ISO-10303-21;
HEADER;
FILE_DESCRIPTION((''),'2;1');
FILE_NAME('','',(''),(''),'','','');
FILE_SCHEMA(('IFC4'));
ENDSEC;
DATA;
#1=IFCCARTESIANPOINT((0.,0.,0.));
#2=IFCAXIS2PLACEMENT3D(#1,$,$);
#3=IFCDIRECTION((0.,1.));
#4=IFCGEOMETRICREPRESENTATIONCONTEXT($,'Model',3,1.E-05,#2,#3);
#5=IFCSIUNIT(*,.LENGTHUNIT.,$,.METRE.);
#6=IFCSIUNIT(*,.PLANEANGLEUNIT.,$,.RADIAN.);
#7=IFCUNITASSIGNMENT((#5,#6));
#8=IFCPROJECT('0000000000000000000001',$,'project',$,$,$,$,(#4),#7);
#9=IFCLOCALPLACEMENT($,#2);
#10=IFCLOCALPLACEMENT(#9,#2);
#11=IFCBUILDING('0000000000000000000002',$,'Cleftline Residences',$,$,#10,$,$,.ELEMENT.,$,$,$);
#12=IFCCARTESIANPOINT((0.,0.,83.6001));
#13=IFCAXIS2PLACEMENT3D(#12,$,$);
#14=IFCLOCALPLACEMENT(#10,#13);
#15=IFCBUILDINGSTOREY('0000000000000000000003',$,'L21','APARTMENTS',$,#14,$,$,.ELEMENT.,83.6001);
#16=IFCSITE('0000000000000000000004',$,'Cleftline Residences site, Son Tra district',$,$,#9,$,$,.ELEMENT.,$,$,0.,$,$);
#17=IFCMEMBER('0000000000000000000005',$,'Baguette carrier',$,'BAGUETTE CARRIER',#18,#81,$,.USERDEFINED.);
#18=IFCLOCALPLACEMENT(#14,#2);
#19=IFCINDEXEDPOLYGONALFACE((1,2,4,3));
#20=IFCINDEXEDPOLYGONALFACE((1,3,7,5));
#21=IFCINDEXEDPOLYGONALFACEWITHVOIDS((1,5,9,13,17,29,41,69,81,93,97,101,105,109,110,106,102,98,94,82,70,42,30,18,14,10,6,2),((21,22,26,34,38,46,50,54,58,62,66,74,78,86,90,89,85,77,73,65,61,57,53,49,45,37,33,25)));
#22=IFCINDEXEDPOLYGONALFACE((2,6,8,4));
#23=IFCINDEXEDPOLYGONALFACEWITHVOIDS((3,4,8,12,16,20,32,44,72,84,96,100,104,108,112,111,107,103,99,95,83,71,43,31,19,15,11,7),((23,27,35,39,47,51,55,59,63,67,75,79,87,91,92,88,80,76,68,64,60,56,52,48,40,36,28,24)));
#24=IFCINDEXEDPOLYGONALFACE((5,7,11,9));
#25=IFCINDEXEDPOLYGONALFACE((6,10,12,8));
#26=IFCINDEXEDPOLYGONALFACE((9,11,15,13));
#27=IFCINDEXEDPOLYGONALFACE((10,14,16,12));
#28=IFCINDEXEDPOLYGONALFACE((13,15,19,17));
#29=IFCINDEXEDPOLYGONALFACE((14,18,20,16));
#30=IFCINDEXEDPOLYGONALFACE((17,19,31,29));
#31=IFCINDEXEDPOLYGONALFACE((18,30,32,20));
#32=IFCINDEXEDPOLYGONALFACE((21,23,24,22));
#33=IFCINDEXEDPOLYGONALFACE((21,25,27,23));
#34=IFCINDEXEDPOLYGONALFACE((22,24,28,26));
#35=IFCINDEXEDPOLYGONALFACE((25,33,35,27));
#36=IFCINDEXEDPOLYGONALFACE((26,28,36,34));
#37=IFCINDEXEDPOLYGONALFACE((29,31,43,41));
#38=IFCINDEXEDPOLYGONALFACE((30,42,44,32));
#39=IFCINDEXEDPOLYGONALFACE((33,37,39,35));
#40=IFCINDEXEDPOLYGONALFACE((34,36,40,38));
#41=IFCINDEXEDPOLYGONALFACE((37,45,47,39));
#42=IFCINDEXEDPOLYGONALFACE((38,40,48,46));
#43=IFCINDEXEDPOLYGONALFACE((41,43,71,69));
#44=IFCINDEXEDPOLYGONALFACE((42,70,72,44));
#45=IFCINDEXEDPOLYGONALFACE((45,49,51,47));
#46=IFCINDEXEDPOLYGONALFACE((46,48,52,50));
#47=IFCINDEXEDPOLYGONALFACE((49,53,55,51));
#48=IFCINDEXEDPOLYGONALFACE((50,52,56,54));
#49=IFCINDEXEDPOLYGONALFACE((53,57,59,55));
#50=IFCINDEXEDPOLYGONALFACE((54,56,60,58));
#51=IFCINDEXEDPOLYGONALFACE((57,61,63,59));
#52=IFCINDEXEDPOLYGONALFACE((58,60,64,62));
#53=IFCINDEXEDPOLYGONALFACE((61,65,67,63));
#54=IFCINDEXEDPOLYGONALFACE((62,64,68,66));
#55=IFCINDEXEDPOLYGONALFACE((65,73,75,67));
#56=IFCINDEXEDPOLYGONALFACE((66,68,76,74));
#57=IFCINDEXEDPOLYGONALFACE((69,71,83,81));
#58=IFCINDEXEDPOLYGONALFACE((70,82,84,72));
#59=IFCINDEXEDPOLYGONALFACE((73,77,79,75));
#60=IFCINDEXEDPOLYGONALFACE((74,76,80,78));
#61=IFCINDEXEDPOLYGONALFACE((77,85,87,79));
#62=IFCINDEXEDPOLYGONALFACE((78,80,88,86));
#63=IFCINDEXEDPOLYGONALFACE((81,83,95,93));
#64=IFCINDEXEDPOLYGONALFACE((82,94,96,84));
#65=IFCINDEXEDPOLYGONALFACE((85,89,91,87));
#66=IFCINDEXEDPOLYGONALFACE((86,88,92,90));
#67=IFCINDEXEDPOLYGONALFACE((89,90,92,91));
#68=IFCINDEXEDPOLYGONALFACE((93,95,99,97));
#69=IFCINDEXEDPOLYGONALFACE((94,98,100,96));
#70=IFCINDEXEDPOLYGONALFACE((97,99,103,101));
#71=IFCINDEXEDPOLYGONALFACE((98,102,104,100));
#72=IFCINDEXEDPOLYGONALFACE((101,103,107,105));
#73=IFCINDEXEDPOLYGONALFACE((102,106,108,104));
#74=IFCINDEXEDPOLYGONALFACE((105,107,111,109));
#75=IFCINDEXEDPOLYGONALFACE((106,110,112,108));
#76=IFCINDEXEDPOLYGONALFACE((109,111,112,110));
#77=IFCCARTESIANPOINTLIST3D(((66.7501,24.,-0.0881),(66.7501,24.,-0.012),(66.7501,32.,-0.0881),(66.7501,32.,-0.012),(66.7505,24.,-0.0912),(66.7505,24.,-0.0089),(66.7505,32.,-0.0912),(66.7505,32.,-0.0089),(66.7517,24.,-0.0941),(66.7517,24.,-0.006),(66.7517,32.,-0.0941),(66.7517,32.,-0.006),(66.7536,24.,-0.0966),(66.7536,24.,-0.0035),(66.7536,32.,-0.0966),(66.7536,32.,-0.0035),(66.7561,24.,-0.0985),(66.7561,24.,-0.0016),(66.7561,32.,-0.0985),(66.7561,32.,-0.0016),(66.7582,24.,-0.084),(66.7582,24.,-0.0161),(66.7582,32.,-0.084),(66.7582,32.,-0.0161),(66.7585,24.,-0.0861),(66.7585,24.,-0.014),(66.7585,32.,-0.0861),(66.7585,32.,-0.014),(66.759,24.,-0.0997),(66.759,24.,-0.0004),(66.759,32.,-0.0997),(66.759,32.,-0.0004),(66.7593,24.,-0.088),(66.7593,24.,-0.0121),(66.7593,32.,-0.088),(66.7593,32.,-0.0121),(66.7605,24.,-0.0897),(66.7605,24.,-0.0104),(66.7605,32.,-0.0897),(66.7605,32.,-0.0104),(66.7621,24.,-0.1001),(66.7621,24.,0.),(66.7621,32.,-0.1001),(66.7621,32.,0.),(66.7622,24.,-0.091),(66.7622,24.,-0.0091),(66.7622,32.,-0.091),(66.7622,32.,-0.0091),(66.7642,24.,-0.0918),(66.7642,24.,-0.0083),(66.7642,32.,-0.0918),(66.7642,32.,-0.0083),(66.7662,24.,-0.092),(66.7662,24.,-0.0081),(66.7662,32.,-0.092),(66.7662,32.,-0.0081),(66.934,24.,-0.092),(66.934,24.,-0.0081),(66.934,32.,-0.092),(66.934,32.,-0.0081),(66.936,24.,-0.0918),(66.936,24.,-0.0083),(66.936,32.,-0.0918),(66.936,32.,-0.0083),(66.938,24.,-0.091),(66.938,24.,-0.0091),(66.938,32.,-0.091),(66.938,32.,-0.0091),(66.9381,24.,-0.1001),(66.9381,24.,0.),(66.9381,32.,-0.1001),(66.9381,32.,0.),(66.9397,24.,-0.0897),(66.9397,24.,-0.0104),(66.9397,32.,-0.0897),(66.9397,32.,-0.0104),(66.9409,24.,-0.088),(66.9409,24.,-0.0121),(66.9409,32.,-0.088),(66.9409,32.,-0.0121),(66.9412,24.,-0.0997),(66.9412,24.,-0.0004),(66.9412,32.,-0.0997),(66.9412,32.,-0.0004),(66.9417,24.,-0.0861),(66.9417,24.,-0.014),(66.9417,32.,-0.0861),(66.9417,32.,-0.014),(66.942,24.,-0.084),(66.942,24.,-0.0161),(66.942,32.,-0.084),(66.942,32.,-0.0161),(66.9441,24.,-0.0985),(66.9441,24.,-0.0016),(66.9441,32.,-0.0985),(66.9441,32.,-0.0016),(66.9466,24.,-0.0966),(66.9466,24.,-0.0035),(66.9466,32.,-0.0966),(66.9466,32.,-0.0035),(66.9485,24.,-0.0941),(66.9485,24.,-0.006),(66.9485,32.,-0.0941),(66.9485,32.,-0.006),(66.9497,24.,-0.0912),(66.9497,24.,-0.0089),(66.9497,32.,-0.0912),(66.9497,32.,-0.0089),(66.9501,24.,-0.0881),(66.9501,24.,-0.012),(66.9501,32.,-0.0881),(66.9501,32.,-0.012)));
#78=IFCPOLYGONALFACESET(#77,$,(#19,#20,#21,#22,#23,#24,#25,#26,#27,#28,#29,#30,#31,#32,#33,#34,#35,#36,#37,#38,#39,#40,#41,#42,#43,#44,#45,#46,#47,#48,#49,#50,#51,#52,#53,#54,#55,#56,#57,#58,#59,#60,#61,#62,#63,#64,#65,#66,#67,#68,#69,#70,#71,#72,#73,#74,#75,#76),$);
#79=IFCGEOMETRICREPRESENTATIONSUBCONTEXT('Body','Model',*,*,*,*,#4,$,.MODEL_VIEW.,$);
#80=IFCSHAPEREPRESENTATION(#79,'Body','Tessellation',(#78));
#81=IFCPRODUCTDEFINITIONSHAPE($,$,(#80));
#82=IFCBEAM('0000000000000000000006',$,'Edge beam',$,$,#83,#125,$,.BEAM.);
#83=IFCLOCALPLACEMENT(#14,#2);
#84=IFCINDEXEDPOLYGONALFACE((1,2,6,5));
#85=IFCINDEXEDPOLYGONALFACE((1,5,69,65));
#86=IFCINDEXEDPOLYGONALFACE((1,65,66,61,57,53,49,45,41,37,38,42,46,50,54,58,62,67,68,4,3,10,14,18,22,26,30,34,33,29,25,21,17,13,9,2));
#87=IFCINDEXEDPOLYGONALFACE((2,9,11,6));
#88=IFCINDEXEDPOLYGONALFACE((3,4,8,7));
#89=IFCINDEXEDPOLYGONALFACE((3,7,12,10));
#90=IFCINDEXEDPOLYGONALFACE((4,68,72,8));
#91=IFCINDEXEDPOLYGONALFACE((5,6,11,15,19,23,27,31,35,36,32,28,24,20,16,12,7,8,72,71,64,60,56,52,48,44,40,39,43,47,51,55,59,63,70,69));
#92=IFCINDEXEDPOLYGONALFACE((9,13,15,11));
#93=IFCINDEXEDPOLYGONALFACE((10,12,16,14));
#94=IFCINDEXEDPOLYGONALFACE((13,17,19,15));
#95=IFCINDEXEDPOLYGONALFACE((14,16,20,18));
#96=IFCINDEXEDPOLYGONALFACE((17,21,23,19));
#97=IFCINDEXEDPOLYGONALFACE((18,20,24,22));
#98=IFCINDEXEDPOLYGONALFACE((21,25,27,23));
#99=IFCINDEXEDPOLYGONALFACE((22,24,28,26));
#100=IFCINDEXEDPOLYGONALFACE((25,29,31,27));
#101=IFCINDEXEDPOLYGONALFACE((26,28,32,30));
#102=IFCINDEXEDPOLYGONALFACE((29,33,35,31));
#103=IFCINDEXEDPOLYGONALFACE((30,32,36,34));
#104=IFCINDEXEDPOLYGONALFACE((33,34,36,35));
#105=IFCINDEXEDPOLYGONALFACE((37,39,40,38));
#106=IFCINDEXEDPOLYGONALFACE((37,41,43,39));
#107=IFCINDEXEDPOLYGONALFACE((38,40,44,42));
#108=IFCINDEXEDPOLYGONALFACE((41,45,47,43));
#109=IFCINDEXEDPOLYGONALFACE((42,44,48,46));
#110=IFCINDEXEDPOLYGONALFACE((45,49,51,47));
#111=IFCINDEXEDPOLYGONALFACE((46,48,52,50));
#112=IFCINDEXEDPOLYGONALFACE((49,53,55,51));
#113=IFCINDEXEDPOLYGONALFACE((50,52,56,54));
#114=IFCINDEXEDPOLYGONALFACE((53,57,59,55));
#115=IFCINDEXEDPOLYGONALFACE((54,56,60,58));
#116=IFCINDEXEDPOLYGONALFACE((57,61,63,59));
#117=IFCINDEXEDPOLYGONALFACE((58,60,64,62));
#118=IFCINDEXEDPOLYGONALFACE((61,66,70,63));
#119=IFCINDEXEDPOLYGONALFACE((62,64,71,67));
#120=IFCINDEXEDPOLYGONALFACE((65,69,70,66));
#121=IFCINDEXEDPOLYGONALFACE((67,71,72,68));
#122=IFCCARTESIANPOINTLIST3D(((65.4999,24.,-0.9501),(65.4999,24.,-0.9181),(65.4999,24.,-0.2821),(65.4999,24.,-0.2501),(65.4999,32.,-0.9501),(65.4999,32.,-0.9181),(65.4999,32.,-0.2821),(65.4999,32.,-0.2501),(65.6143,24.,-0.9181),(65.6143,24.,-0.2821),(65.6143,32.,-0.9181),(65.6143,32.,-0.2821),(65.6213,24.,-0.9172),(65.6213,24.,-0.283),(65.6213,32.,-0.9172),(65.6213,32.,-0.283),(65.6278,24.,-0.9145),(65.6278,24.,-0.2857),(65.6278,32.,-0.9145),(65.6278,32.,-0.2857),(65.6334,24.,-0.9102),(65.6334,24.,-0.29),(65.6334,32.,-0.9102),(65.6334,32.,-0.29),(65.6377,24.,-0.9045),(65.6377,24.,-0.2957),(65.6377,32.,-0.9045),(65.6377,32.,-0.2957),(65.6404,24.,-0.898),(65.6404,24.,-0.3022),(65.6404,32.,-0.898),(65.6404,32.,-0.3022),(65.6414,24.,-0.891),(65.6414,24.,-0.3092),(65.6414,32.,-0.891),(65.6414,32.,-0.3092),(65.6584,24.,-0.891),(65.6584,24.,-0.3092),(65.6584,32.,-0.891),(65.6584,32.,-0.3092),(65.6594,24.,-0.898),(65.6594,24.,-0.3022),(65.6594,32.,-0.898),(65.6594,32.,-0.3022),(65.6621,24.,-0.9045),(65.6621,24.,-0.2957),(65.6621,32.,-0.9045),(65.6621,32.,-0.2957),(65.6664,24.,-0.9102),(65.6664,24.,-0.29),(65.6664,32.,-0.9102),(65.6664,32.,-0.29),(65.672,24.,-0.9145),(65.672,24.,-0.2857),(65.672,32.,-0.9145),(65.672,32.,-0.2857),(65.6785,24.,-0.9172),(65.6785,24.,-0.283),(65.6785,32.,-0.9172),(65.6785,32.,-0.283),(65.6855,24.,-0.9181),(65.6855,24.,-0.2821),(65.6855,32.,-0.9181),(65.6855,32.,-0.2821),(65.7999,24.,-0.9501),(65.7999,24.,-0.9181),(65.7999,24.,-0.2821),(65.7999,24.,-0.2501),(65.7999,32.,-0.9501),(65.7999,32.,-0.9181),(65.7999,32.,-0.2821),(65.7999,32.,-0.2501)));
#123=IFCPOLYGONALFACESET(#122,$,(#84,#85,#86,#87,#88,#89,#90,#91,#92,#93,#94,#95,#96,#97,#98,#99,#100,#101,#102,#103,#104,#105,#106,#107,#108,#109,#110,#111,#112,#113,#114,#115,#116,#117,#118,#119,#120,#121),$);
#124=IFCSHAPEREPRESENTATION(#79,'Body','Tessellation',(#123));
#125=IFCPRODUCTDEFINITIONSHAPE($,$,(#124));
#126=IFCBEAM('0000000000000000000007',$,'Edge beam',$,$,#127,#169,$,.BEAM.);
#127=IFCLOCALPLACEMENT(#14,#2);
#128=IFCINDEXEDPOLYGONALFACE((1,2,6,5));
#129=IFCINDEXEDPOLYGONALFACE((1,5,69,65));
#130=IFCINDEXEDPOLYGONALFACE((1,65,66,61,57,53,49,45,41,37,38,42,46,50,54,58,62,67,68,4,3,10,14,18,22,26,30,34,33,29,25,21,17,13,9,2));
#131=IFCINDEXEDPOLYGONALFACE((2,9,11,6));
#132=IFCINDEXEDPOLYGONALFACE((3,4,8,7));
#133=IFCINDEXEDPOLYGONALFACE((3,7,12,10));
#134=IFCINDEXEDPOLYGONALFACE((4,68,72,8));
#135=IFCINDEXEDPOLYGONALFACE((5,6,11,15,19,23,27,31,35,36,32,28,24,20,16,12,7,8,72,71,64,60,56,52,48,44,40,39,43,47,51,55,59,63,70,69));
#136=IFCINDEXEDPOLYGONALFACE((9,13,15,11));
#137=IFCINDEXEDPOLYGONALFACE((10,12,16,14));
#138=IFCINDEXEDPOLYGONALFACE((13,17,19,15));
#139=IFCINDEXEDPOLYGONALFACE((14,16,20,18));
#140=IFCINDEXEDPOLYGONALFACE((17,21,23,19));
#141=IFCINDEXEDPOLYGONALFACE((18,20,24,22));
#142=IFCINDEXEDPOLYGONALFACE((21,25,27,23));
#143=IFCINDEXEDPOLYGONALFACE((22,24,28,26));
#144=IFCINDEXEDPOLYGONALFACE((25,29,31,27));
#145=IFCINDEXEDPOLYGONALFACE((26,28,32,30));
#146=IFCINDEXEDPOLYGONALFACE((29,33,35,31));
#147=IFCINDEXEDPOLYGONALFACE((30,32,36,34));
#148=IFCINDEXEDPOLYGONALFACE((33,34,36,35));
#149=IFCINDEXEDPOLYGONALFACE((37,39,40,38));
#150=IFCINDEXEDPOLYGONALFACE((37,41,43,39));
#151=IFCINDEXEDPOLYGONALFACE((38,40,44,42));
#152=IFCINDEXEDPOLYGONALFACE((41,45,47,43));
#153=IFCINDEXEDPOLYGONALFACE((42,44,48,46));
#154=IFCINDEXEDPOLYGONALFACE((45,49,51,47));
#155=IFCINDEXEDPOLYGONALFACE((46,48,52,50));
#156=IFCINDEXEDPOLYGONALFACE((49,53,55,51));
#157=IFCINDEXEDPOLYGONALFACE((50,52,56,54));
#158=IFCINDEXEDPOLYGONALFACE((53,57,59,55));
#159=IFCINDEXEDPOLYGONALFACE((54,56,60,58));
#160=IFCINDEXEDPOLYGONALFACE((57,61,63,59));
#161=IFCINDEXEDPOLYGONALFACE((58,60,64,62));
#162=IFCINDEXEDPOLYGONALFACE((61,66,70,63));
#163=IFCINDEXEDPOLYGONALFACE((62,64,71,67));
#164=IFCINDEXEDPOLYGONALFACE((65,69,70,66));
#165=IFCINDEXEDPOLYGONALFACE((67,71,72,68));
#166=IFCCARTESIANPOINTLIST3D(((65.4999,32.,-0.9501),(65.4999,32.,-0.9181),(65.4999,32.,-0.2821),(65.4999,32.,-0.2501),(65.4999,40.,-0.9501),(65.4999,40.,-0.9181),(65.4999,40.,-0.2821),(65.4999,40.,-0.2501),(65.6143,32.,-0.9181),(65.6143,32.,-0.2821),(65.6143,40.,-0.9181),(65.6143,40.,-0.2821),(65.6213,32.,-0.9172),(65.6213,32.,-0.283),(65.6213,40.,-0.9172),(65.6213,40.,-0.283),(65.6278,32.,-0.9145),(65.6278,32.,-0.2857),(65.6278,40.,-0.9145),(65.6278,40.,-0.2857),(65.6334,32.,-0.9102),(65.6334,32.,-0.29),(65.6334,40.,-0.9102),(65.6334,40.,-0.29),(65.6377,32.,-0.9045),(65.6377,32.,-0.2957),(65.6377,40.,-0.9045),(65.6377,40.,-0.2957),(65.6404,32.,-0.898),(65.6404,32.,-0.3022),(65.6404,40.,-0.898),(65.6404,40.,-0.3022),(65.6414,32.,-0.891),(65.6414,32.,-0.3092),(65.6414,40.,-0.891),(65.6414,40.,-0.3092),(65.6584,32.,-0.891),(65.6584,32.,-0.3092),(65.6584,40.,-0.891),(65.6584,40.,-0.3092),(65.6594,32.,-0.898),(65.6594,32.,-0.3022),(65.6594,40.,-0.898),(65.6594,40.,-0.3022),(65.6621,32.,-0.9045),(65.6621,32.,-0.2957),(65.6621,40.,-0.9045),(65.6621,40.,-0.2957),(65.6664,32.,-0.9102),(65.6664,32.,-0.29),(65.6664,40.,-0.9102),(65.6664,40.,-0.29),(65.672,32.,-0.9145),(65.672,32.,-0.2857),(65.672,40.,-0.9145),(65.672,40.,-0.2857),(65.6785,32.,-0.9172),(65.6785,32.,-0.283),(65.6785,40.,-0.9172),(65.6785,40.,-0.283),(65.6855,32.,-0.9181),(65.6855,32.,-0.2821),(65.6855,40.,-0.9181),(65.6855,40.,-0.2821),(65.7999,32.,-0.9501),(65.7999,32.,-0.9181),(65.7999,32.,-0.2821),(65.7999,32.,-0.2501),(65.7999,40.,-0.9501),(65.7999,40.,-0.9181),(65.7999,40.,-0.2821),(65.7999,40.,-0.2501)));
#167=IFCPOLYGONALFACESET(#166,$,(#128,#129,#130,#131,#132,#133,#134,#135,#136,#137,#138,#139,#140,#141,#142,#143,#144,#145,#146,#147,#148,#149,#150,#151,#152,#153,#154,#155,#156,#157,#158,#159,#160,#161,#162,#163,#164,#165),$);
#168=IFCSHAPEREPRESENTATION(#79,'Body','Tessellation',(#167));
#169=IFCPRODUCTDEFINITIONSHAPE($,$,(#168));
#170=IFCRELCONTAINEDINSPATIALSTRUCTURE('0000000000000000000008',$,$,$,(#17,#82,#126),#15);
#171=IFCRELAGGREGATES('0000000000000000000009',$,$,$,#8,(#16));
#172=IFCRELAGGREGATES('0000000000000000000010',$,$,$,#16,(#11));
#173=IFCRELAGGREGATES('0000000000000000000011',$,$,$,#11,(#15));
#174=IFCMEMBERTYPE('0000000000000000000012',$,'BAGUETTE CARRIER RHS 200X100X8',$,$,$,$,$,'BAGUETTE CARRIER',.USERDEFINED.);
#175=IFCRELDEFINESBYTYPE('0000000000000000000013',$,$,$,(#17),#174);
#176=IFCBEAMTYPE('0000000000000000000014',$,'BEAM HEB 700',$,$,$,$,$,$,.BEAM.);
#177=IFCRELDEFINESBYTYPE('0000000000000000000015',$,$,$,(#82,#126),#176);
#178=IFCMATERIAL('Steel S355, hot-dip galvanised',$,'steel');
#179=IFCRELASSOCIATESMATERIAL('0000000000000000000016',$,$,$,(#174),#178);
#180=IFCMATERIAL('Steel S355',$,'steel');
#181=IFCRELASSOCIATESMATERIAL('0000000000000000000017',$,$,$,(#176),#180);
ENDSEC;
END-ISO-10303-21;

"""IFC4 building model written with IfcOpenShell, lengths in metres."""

from ifc_helpers import new_model, si_unit, direction, frame, origin, origin_2d, place, context, subcontext, project, spatial, hollow_rectangle, i_section, extrude, material, material_profile, profile_set, type_object, element, save


model = new_model("IFC4")

# Units and contexts
model_context = context("Model", 3, precision=1e-05, world=origin(), true_north=direction((0.0, 1.0)))
body_context = subcontext(model_context, "Body", "Model", "MODEL_VIEW")
ifc_project = project(units=[si_unit("LENGTHUNIT", "METRE"), si_unit("PLANEANGLEUNIT", "RADIAN")], contexts=[model_context])

# Site, building, storey
site_placement = place(None, origin())
site = spatial("IfcSite", under=ifc_project, at=site_placement, Name="Cleftline Residences site, Son Tra district", CompositionType="ELEMENT", RefElevation=0.0)
building_placement = place(site_placement, origin())
building = spatial("IfcBuilding", under=site, at=building_placement, Name="Cleftline Residences", CompositionType="ELEMENT")
storey_placement = place(building_placement, frame((0.0, 0.0, 83.6001)))
storey = spatial("IfcBuildingStorey", under=building, at=storey_placement, Name="L21", Description="APARTMENTS", CompositionType="ELEMENT", Elevation=83.6001)

# Member
ifc_material_1 = material(Name="Steel S355, hot-dip galvanised", Category="steel")
ifc_material_profile_1 = material_profile(ifc_material_1, hollow_rectangle(XDim=0.1001, YDim=0.2, WallThickness=0.0081, InnerFilletRadius=0.0081, OuterFilletRadius=0.012, at=origin_2d()))
ifc_profile_set_1 = profile_set([ifc_material_profile_1], Name="Steel S355, hot-dip galvanised")
member_type_1 = type_object("IfcMemberType", Name="BAGUETTE CARRIER RHS 200X100X8", ElementType="BAGUETTE CARRIER", PredefinedType="USERDEFINED", material=ifc_profile_set_1)
member_placement = place(storey_placement, frame((66.8501, 24.0, -0.05), z_axis=(0.0, 1.0, 0.0), x_axis=(0.0, 0.0, 1.0)))
element("IfcMember", 1, at=member_placement, inside=storey, type_object=member_type_1, Name="Baguette carrier", ObjectType="BAGUETTE CARRIER", PredefinedType="USERDEFINED", context=body_context, shape_type="SweptSolid", body=[
    extrude(hollow_rectangle(XDim=0.1001, YDim=0.2, WallThickness=0.0081, InnerFilletRadius=0.0081, OuterFilletRadius=0.012, at=origin_2d()), origin(), (0.0, 0.0, 1.0), 8.0),
])

# Beams
ifc_material_2 = material(Name="Steel S355", Category="steel")
ifc_material_profile_2 = material_profile(ifc_material_2, i_section(OverallWidth=0.3, OverallDepth=0.7, WebThickness=0.0171, FlangeThickness=0.032, FilletRadius=0.0271, at=origin_2d()))
ifc_profile_set_2 = profile_set([ifc_material_profile_2], Name="Steel S355")
beam_type_1 = type_object("IfcBeamType", Name="BEAM HEB 700", PredefinedType="BEAM", material=ifc_profile_set_2)
for number, where, z_axis, x_axis, name in (
    (2, (65.6499, 24.0, -0.6001), (0.0, 1.0, 0.0), (-1.0, 0.0, 0.0), "Edge beam"),
    (3, (65.6499, 32.0, -0.6001), (0.0, 1.0, 0.0), (-1.0, 0.0, 0.0), "Edge beam"),
):
    element("IfcBeam", number, at=place(storey_placement, frame(where, z_axis=z_axis, x_axis=x_axis)), inside=storey, type_object=beam_type_1, Name=name, PredefinedType="BEAM", context=body_context, shape_type="SweptSolid", body=[
        extrude(i_section(OverallWidth=0.3, OverallDepth=0.7, WebThickness=0.0171, FlangeThickness=0.032, FilletRadius=0.0271, at=origin_2d()), origin(), (0.0, 0.0, 1.0), 8.0),
    ])

save(model, "model.ifc")
